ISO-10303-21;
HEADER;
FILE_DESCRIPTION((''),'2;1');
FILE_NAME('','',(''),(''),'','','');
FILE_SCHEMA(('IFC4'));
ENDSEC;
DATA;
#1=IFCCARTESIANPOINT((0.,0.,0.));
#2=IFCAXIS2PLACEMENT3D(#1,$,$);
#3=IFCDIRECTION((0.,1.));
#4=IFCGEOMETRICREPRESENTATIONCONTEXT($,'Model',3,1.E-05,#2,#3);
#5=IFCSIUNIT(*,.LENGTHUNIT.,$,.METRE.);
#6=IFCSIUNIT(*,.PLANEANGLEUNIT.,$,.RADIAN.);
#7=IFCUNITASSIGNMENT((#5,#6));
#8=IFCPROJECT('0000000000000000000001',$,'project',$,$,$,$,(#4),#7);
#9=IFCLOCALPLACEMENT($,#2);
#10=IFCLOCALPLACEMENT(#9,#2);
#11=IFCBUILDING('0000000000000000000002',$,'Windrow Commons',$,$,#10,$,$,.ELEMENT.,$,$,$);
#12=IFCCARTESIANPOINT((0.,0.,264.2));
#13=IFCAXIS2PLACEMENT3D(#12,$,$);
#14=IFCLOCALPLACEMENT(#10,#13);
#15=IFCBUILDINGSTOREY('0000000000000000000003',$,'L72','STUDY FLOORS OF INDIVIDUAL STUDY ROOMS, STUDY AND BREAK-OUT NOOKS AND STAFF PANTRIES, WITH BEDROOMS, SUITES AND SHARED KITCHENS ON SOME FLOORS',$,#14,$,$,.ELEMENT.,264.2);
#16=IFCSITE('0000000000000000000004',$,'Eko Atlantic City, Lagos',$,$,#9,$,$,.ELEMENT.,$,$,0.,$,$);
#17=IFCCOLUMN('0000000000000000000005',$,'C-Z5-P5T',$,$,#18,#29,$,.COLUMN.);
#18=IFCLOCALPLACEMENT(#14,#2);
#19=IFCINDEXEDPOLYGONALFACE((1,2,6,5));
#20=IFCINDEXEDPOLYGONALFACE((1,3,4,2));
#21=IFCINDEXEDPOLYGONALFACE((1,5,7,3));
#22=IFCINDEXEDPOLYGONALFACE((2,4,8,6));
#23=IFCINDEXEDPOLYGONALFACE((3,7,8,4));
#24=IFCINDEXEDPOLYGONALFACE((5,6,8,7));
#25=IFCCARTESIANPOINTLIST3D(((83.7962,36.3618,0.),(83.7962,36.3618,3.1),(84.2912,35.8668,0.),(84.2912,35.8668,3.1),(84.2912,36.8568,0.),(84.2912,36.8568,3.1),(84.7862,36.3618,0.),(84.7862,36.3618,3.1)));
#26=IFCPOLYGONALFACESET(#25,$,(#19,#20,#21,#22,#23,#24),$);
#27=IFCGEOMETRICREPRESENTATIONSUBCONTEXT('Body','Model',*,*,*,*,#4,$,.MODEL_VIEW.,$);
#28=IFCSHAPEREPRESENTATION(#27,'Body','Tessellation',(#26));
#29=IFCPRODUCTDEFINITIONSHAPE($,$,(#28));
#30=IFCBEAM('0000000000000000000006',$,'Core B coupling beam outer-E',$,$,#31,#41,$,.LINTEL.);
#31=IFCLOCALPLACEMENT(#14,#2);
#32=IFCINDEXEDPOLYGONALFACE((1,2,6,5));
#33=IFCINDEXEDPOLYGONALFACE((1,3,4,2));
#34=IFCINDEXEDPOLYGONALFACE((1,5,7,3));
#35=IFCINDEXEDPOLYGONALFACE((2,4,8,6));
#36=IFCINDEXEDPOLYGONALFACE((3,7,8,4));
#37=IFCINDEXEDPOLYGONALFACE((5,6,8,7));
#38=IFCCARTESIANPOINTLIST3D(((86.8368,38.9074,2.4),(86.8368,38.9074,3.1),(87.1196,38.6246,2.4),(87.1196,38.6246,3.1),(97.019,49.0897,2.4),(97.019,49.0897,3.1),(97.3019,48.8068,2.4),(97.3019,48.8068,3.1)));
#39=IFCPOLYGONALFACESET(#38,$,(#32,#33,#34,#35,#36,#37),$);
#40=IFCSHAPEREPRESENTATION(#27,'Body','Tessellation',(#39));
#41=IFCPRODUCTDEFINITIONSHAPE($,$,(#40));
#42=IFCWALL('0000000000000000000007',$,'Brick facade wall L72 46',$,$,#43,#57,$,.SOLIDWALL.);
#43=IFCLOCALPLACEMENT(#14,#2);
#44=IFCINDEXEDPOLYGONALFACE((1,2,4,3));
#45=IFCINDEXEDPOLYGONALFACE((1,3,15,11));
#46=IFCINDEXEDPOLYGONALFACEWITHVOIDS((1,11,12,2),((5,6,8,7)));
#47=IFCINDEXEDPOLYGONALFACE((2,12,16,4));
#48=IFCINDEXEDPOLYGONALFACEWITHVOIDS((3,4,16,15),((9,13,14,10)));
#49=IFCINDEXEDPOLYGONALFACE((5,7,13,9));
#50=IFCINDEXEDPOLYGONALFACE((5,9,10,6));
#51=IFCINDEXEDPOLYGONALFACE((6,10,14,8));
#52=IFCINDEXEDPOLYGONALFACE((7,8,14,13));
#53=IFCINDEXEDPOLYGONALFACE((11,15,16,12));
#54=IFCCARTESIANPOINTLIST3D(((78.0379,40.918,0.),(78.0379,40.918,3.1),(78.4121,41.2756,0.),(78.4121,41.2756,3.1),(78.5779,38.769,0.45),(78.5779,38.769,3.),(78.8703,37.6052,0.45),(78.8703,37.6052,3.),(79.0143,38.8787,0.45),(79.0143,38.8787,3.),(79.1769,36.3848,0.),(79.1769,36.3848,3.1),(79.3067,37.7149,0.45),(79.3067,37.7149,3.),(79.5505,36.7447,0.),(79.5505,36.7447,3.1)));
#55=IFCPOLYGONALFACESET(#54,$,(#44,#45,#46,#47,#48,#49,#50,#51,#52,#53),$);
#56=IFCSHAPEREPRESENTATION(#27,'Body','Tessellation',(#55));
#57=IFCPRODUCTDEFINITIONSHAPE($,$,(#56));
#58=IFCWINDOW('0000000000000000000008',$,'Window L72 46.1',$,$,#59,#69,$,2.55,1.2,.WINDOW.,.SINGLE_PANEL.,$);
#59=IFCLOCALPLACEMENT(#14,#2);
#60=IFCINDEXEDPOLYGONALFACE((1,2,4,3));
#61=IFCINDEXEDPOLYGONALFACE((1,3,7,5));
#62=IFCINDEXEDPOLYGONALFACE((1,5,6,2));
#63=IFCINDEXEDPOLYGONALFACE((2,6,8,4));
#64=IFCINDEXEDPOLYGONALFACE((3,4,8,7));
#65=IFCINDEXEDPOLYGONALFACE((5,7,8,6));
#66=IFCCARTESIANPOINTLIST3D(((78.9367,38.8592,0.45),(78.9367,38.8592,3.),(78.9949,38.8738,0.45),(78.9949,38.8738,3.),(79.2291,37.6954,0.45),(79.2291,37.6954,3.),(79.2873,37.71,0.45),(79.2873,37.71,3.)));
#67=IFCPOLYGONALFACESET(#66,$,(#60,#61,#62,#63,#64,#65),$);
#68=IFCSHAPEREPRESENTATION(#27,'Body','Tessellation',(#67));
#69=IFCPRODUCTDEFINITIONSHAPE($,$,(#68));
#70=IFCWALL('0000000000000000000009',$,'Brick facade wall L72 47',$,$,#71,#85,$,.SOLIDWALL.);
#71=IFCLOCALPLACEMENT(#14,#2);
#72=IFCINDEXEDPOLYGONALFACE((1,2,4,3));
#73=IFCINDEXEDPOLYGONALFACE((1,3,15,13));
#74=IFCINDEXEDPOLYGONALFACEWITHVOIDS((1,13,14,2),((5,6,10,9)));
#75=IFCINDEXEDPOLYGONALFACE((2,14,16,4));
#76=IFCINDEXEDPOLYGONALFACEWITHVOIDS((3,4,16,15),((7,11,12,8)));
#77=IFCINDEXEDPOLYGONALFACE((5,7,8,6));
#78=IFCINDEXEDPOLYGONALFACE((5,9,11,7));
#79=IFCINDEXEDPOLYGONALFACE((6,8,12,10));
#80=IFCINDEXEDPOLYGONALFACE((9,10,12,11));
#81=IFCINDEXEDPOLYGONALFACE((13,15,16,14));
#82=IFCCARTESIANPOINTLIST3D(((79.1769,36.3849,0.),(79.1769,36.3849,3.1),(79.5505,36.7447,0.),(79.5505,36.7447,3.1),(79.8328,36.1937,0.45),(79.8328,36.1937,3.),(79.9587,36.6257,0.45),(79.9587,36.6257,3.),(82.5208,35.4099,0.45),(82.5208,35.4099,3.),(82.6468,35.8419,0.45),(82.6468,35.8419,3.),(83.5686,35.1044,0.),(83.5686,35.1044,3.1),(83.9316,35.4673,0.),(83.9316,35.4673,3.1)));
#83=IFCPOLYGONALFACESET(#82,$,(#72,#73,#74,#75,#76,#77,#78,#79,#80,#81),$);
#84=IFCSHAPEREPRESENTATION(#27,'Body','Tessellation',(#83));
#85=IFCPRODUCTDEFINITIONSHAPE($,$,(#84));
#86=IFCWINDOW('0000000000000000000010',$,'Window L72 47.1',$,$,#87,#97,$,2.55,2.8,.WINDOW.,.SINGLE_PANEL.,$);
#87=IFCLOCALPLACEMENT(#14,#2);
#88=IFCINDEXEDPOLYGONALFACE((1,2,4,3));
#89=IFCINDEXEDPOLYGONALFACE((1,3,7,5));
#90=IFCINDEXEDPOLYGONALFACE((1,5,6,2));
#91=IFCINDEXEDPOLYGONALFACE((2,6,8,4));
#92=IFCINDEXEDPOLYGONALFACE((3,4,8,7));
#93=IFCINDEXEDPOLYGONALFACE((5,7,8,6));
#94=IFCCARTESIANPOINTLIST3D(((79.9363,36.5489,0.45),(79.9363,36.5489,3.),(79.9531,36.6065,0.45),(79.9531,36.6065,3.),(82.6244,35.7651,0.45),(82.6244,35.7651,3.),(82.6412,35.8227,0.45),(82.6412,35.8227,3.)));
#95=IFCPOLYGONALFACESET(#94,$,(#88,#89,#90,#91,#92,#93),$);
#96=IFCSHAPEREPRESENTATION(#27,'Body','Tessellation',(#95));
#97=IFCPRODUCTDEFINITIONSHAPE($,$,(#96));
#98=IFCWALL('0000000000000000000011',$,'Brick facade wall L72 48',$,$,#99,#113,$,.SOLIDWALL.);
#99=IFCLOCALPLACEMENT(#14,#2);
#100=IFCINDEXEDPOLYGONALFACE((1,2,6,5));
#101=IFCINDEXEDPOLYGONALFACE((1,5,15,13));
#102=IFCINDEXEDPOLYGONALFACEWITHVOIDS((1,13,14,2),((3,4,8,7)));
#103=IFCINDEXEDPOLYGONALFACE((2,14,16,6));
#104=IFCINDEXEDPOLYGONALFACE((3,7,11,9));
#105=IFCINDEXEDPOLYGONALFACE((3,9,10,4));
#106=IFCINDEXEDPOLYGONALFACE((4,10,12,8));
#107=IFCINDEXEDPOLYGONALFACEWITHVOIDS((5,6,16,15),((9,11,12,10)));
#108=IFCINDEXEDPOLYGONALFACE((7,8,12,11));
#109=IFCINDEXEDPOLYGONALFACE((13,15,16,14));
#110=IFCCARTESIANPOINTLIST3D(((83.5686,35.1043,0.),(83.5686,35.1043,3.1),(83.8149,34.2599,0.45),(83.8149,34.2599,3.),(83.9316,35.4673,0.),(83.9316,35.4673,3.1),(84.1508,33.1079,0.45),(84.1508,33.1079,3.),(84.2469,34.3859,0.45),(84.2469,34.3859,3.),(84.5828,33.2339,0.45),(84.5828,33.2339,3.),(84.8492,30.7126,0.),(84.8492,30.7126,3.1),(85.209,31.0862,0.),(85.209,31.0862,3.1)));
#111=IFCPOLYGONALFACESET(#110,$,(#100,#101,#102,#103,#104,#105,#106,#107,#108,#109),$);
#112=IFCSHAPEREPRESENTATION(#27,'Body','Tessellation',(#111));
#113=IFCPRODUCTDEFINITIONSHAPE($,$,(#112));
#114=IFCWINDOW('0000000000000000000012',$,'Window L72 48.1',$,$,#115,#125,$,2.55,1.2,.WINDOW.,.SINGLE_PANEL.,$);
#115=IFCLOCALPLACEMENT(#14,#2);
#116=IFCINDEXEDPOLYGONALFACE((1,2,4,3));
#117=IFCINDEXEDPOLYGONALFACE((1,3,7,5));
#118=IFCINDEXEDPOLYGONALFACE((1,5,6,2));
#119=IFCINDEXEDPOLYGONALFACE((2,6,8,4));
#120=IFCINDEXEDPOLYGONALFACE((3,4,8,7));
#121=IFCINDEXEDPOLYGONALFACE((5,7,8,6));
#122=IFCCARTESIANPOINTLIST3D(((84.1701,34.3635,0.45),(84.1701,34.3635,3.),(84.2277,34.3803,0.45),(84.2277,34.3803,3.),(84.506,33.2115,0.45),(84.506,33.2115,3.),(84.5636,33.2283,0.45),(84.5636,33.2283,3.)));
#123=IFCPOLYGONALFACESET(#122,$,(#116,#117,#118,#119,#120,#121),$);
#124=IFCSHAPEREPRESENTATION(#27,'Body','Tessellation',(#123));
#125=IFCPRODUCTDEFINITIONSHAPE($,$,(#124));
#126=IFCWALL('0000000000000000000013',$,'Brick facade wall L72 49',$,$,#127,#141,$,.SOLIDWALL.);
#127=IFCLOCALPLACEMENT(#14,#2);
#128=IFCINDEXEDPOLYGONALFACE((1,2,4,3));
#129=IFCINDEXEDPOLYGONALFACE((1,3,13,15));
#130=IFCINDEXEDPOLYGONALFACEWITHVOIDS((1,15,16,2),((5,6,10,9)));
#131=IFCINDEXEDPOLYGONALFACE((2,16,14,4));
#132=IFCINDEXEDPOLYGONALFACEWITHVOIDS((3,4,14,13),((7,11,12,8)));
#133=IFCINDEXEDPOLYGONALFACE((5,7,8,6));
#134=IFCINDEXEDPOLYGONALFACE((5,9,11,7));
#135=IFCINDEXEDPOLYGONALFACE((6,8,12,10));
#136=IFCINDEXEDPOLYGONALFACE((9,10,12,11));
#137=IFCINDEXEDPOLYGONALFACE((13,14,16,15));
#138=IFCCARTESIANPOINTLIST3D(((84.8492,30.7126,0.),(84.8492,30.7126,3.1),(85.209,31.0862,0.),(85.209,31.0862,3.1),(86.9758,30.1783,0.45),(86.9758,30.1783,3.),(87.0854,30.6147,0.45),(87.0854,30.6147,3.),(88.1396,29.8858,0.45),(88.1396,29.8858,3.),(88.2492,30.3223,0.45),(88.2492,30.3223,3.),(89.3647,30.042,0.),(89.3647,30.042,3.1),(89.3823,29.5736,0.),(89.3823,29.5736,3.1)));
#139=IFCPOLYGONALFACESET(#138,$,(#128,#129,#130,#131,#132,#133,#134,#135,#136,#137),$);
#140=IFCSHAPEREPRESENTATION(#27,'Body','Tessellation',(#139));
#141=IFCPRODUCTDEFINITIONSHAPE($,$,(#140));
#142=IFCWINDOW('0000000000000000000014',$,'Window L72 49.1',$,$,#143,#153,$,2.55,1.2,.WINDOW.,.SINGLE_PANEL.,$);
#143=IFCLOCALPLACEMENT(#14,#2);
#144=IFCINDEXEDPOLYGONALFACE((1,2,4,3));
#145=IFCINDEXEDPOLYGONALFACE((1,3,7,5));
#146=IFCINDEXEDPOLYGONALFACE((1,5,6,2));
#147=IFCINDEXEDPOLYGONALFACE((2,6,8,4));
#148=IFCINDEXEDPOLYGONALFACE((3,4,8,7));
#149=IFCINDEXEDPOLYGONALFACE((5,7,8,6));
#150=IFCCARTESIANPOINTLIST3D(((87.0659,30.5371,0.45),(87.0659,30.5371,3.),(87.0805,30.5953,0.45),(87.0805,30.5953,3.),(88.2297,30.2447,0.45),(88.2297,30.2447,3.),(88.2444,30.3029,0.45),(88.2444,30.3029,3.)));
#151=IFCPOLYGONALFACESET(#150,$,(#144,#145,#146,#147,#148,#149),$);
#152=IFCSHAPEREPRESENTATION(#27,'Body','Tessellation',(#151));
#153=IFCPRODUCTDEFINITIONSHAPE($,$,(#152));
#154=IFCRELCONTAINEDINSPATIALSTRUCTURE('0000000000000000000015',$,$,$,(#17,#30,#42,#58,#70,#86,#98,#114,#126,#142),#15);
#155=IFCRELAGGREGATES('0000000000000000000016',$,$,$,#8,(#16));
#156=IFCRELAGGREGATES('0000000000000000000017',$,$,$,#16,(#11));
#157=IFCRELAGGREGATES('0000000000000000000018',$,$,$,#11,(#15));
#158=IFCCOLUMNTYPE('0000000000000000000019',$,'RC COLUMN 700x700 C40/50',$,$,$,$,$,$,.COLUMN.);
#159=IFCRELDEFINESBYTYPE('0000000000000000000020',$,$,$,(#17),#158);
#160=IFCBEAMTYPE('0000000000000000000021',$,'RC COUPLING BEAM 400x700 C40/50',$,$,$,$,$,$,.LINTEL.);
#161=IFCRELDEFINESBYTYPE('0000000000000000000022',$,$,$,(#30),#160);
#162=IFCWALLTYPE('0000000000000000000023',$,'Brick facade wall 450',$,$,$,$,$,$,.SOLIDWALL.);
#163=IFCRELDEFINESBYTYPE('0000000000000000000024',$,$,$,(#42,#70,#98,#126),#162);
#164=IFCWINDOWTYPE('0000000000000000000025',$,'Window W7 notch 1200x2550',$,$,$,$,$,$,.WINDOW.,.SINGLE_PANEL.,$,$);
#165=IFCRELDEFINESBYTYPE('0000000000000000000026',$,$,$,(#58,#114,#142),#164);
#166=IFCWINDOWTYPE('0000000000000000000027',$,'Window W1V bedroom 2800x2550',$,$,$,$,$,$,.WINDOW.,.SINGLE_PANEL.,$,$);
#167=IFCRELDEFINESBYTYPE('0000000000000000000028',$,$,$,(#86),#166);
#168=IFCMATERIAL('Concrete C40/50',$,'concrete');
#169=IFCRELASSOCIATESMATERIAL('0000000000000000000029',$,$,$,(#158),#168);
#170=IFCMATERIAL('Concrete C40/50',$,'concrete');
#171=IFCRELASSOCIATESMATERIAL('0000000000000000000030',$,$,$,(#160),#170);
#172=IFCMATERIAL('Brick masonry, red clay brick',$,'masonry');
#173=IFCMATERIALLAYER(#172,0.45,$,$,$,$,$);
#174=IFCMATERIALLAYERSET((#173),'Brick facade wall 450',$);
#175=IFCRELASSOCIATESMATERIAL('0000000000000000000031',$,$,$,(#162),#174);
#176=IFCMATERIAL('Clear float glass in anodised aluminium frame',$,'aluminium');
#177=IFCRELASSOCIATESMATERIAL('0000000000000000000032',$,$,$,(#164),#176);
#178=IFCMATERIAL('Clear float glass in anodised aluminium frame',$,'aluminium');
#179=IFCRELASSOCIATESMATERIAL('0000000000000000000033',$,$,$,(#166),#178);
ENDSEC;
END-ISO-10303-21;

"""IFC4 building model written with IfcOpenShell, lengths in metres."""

from ifc_helpers import new_model, si_unit, direction, frame, frame_2d, origin, origin_2d, place, context, subcontext, project, spatial, polyline, rectangle, outline, extrude, material, layer, layer_set, material_profile, profile_set, type_object, element, fill, save


model = new_model("IFC4")

# Units and contexts
model_context = context("Model", 3, precision=1e-05, world=origin(), true_north=direction((0.0, 1.0)))
body_context = subcontext(model_context, "Body", "Model", "MODEL_VIEW")
ifc_project = project(units=[si_unit("LENGTHUNIT", "METRE"), si_unit("PLANEANGLEUNIT", "RADIAN")], contexts=[model_context])

# Site, building, storey
site_placement = place(None, origin())
site = spatial("IfcSite", under=ifc_project, at=site_placement, Name="Eko Atlantic City, Lagos", CompositionType="ELEMENT", RefElevation=0.0)
building_placement = place(site_placement, origin())
building = spatial("IfcBuilding", under=site, at=building_placement, Name="Windrow Commons", CompositionType="ELEMENT")
storey_placement = place(building_placement, frame((0.0, 0.0, 264.2)))
storey = spatial("IfcBuildingStorey", under=building, at=storey_placement, Name="L72", Description="STUDY FLOORS OF INDIVIDUAL STUDY ROOMS, STUDY AND BREAK-OUT NOOKS AND STAFF PANTRIES, WITH BEDROOMS, SUITES AND SHARED KITCHENS ON SOME FLOORS", CompositionType="ELEMENT", Elevation=264.2)

# Column
ifc_material_1 = material(Name="Concrete C40/50", Category="concrete")
ifc_material_profile_1 = material_profile(ifc_material_1, rectangle(XDim=0.7, YDim=0.7, at=origin_2d()))
ifc_profile_set_1 = profile_set([ifc_material_profile_1], Name="Concrete C40/50")
column_type = type_object("IfcColumnType", Name="RC COLUMN 700x700 C40/50", PredefinedType="COLUMN", material=ifc_profile_set_1)
column_placement = place(storey_placement, frame((84.2912, 36.3618, 0.0), z_axis=(0.0, 0.0, 1.0), x_axis=(0.707107, -0.707107, 0.0)))
element("IfcColumn", 1, at=column_placement, inside=storey, type_object=column_type, Name="C-Z5-P5T", PredefinedType="COLUMN", context=body_context, shape_type="SweptSolid", body=[
    extrude(rectangle(XDim=0.7, YDim=0.7, at=origin_2d()), origin(), (0.0, 0.0, 1.0), 3.1),
])

# Beam
ifc_material_2 = material(Name="Concrete C40/50", Category="concrete")
ifc_material_profile_2 = material_profile(ifc_material_2, rectangle(XDim=0.4, YDim=0.7, at=origin_2d()))
ifc_profile_set_2 = profile_set([ifc_material_profile_2], Name="Concrete C40/50")
beam_type = type_object("IfcBeamType", Name="RC COUPLING BEAM 400x700 C40/50", PredefinedType="LINTEL", material=ifc_profile_set_2)
beam_placement = place(storey_placement, frame((86.9782, 38.766, 2.75), z_axis=(0.707107, 0.707107, 0.0), x_axis=(-0.707107, 0.707107, 0.0)))
element("IfcBeam", 2, at=beam_placement, inside=storey, type_object=beam_type, Name="Core B coupling beam outer-E", PredefinedType="LINTEL", context=body_context, shape_type="SweptSolid", body=[
    extrude(rectangle(XDim=0.4, YDim=0.7, at=origin_2d()), origin(), (0.0, 0.0, 1.0), 14.3999),
])

# Walls, openings, windows
ifc_material_3 = material(Name="Brick masonry, red clay brick", Category="masonry")
ifc_layer_1 = layer(ifc_material_3, 0.45)
ifc_layer_set_1 = layer_set([ifc_layer_1], Name="Brick facade wall 450")
wall_type_1 = type_object("IfcWallType", Name="Brick facade wall 450", PredefinedType="SOLIDWALL", material=ifc_layer_set_1)
wall_1_placement = place(storey_placement, frame((78.225, 41.0968, 0.0), z_axis=(0.0, 0.0, 1.0), x_axis=(0.243684, -0.969855, 0.0)))
wall_1 = element("IfcWall", 3, at=wall_1_placement, inside=storey, type_object=wall_type_1, Name="Brick facade wall L72 46", PredefinedType="SOLIDWALL", context=body_context, shape_type="SweptSolid", body=[
    extrude(outline(polyline([(0.1278, -0.225), (4.8019, -0.225), (4.5439, 0.225), (-0.1278, 0.225), (0.1278, -0.225)])), origin(), (0.0, 0.0, 1.0), 3.1),
])
opening_1_placement = place(wall_1_placement, frame((2.3436, 0.0, 0.45)))
opening_1 = element("IfcOpeningElement", 4, at=opening_1_placement, cuts=wall_1, PredefinedType="OPENING", context=body_context, shape_type="SweptSolid", body=[
    extrude(rectangle(XDim=1.2, YDim=2.55, at=frame_2d((0.6, 1.275))), frame((0.0, 0.235, 0.0), z_axis=(0.0, -1.0, 0.0), x_axis=(1.0, 0.0, 0.0)), (0.0, 0.0, 1.0), 0.47),
])
ifc_material_4 = material(Name="Clear float glass in anodised aluminium frame", Category="aluminium")
window_type_1 = type_object("IfcWindowType", Name="Window W7 notch 1200x2550", PartitioningType="SINGLE_PANEL", PredefinedType="WINDOW", material=ifc_material_4)
window_1_placement = place(opening_1_placement, origin())
window_1 = element("IfcWindow", 5, at=window_1_placement, inside=storey, type_object=window_type_1, Name="Window L72 46.1", OverallHeight=2.55, OverallWidth=1.2, PartitioningType="SINGLE_PANEL", PredefinedType="WINDOW", context=body_context, shape_type="SweptSolid", body=[
    extrude(rectangle(XDim=1.2, YDim=2.55, at=frame_2d((0.6, 1.275))), frame((0.0, 0.205, 0.0), z_axis=(0.0, -1.0, 0.0), x_axis=(1.0, 0.0, 0.0)), (0.0, 0.0, 1.0), 0.06),
])
fill(opening_1, window_1)
wall_2_placement = place(storey_placement, frame((79.3637, 36.5648, 0.0), z_axis=(0.0, 0.0, 1.0), x_axis=(0.960022, -0.279926, 0.0)))
wall_2 = element("IfcWall", 6, at=wall_2_placement, inside=storey, type_object=wall_type_1, Name="Brick facade wall L72 47", PredefinedType="SOLIDWALL", context=body_context, shape_type="SweptSolid", body=[
    extrude(outline(polyline([(-0.129, -0.225), (4.4456, -0.225), (4.6925, 0.225), (0.129, 0.225), (-0.129, -0.225)])), origin(), (0.0, 0.0, 1.0), 3.1),
])
opening_2_placement = place(wall_2_placement, frame((0.5542, 0.0, 0.45)))
opening_2 = element("IfcOpeningElement", 7, at=opening_2_placement, cuts=wall_2, PredefinedType="OPENING", context=body_context, shape_type="SweptSolid", body=[
    extrude(rectangle(XDim=2.8, YDim=2.55, at=frame_2d((1.4, 1.275))), frame((0.0, 0.235, 0.0), z_axis=(0.0, -1.0, 0.0), x_axis=(1.0, 0.0, 0.0)), (0.0, 0.0, 1.0), 0.47),
])
ifc_material_5 = material(Name="Clear float glass in anodised aluminium frame", Category="aluminium")
window_type_2 = type_object("IfcWindowType", Name="Window W1V bedroom 2800x2550", PartitioningType="SINGLE_PANEL", PredefinedType="WINDOW", material=ifc_material_5)
window_2_placement = place(opening_2_placement, origin())
window_2 = element("IfcWindow", 8, at=window_2_placement, inside=storey, type_object=window_type_2, Name="Window L72 47.1", OverallHeight=2.55, OverallWidth=2.8, PartitioningType="SINGLE_PANEL", PredefinedType="WINDOW", context=body_context, shape_type="SweptSolid", body=[
    extrude(rectangle(XDim=2.8, YDim=2.55, at=frame_2d((1.4, 1.275))), frame((0.0, 0.205, 0.0), z_axis=(0.0, -1.0, 0.0), x_axis=(1.0, 0.0, 0.0)), (0.0, 0.0, 1.0), 0.06),
])
fill(opening_2, window_2)
wall_3_placement = place(storey_placement, frame((83.7501, 35.2858, 0.0), z_axis=(0.0, 0.0, 1.0), x_axis=(0.279926, -0.960022, 0.0)))
wall_3 = element("IfcWall", 9, at=wall_3_placement, inside=storey, type_object=wall_type_1, Name="Brick facade wall L72 48", PredefinedType="SOLIDWALL", context=body_context, shape_type="SweptSolid", body=[
    extrude(outline(polyline([(0.1234, -0.225), (4.698, -0.225), (4.4401, 0.225), (-0.1234, 0.225), (0.1234, -0.225)])), origin(), (0.0, 0.0, 1.0), 3.1),
])
opening_3_placement = place(wall_3_placement, frame((1.003, 0.0, 0.45)))
opening_3 = element("IfcOpeningElement", 10, at=opening_3_placement, cuts=wall_3, PredefinedType="OPENING", context=body_context, shape_type="SweptSolid", body=[
    extrude(rectangle(XDim=1.2, YDim=2.55, at=frame_2d((0.6, 1.275))), frame((0.0, 0.235, 0.0), z_axis=(0.0, -1.0, 0.0), x_axis=(1.0, 0.0, 0.0)), (0.0, 0.0, 1.0), 0.47),
])
window_3_placement = place(opening_3_placement, origin())
window_3 = element("IfcWindow", 11, at=window_3_placement, inside=storey, type_object=window_type_1, Name="Window L72 48.1", OverallHeight=2.55, OverallWidth=1.2, PartitioningType="SINGLE_PANEL", PredefinedType="WINDOW", context=body_context, shape_type="SweptSolid", body=[
    extrude(rectangle(XDim=1.2, YDim=2.55, at=frame_2d((0.6, 1.275))), frame((0.0, 0.205, 0.0), z_axis=(0.0, -1.0, 0.0), x_axis=(1.0, 0.0, 0.0)), (0.0, 0.0, 1.0), 0.06),
])
fill(opening_3, window_3)
wall_4_placement = place(storey_placement, frame((85.0291, 30.8994, 0.0), z_axis=(0.0, 0.0, 1.0), x_axis=(0.969852, -0.243696, 0.0)))
wall_4 = element("IfcWall", 12, at=wall_4_placement, inside=storey, type_object=wall_type_1, Name="Brick facade wall L72 49", PredefinedType="SOLIDWALL", context=body_context, shape_type="SweptSolid", body=[
    extrude(outline(polyline([(-0.129, -0.225), (4.5451, -0.225), (4.4138, 0.225), (0.129, 0.225), (-0.129, -0.225)])), origin(), (0.0, 0.0, 1.0), 3.1),
])
opening_4_placement = place(wall_4_placement, frame((2.0637, 0.0, 0.45)))
opening_4 = element("IfcOpeningElement", 13, at=opening_4_placement, cuts=wall_4, PredefinedType="OPENING", context=body_context, shape_type="SweptSolid", body=[
    extrude(rectangle(XDim=1.2, YDim=2.55, at=frame_2d((0.6, 1.275))), frame((0.0, 0.235, 0.0), z_axis=(0.0, -1.0, 0.0), x_axis=(1.0, 0.0, 0.0)), (0.0, 0.0, 1.0), 0.47),
])
window_4_placement = place(opening_4_placement, origin())
window_4 = element("IfcWindow", 14, at=window_4_placement, inside=storey, type_object=window_type_1, Name="Window L72 49.1", OverallHeight=2.55, OverallWidth=1.2, PartitioningType="SINGLE_PANEL", PredefinedType="WINDOW", context=body_context, shape_type="SweptSolid", body=[
    extrude(rectangle(XDim=1.2, YDim=2.55, at=frame_2d((0.6, 1.275))), frame((0.0, 0.205, 0.0), z_axis=(0.0, -1.0, 0.0), x_axis=(1.0, 0.0, 0.0)), (0.0, 0.0, 1.0), 0.06),
])
fill(opening_4, window_4)

save(model, "model.ifc")
